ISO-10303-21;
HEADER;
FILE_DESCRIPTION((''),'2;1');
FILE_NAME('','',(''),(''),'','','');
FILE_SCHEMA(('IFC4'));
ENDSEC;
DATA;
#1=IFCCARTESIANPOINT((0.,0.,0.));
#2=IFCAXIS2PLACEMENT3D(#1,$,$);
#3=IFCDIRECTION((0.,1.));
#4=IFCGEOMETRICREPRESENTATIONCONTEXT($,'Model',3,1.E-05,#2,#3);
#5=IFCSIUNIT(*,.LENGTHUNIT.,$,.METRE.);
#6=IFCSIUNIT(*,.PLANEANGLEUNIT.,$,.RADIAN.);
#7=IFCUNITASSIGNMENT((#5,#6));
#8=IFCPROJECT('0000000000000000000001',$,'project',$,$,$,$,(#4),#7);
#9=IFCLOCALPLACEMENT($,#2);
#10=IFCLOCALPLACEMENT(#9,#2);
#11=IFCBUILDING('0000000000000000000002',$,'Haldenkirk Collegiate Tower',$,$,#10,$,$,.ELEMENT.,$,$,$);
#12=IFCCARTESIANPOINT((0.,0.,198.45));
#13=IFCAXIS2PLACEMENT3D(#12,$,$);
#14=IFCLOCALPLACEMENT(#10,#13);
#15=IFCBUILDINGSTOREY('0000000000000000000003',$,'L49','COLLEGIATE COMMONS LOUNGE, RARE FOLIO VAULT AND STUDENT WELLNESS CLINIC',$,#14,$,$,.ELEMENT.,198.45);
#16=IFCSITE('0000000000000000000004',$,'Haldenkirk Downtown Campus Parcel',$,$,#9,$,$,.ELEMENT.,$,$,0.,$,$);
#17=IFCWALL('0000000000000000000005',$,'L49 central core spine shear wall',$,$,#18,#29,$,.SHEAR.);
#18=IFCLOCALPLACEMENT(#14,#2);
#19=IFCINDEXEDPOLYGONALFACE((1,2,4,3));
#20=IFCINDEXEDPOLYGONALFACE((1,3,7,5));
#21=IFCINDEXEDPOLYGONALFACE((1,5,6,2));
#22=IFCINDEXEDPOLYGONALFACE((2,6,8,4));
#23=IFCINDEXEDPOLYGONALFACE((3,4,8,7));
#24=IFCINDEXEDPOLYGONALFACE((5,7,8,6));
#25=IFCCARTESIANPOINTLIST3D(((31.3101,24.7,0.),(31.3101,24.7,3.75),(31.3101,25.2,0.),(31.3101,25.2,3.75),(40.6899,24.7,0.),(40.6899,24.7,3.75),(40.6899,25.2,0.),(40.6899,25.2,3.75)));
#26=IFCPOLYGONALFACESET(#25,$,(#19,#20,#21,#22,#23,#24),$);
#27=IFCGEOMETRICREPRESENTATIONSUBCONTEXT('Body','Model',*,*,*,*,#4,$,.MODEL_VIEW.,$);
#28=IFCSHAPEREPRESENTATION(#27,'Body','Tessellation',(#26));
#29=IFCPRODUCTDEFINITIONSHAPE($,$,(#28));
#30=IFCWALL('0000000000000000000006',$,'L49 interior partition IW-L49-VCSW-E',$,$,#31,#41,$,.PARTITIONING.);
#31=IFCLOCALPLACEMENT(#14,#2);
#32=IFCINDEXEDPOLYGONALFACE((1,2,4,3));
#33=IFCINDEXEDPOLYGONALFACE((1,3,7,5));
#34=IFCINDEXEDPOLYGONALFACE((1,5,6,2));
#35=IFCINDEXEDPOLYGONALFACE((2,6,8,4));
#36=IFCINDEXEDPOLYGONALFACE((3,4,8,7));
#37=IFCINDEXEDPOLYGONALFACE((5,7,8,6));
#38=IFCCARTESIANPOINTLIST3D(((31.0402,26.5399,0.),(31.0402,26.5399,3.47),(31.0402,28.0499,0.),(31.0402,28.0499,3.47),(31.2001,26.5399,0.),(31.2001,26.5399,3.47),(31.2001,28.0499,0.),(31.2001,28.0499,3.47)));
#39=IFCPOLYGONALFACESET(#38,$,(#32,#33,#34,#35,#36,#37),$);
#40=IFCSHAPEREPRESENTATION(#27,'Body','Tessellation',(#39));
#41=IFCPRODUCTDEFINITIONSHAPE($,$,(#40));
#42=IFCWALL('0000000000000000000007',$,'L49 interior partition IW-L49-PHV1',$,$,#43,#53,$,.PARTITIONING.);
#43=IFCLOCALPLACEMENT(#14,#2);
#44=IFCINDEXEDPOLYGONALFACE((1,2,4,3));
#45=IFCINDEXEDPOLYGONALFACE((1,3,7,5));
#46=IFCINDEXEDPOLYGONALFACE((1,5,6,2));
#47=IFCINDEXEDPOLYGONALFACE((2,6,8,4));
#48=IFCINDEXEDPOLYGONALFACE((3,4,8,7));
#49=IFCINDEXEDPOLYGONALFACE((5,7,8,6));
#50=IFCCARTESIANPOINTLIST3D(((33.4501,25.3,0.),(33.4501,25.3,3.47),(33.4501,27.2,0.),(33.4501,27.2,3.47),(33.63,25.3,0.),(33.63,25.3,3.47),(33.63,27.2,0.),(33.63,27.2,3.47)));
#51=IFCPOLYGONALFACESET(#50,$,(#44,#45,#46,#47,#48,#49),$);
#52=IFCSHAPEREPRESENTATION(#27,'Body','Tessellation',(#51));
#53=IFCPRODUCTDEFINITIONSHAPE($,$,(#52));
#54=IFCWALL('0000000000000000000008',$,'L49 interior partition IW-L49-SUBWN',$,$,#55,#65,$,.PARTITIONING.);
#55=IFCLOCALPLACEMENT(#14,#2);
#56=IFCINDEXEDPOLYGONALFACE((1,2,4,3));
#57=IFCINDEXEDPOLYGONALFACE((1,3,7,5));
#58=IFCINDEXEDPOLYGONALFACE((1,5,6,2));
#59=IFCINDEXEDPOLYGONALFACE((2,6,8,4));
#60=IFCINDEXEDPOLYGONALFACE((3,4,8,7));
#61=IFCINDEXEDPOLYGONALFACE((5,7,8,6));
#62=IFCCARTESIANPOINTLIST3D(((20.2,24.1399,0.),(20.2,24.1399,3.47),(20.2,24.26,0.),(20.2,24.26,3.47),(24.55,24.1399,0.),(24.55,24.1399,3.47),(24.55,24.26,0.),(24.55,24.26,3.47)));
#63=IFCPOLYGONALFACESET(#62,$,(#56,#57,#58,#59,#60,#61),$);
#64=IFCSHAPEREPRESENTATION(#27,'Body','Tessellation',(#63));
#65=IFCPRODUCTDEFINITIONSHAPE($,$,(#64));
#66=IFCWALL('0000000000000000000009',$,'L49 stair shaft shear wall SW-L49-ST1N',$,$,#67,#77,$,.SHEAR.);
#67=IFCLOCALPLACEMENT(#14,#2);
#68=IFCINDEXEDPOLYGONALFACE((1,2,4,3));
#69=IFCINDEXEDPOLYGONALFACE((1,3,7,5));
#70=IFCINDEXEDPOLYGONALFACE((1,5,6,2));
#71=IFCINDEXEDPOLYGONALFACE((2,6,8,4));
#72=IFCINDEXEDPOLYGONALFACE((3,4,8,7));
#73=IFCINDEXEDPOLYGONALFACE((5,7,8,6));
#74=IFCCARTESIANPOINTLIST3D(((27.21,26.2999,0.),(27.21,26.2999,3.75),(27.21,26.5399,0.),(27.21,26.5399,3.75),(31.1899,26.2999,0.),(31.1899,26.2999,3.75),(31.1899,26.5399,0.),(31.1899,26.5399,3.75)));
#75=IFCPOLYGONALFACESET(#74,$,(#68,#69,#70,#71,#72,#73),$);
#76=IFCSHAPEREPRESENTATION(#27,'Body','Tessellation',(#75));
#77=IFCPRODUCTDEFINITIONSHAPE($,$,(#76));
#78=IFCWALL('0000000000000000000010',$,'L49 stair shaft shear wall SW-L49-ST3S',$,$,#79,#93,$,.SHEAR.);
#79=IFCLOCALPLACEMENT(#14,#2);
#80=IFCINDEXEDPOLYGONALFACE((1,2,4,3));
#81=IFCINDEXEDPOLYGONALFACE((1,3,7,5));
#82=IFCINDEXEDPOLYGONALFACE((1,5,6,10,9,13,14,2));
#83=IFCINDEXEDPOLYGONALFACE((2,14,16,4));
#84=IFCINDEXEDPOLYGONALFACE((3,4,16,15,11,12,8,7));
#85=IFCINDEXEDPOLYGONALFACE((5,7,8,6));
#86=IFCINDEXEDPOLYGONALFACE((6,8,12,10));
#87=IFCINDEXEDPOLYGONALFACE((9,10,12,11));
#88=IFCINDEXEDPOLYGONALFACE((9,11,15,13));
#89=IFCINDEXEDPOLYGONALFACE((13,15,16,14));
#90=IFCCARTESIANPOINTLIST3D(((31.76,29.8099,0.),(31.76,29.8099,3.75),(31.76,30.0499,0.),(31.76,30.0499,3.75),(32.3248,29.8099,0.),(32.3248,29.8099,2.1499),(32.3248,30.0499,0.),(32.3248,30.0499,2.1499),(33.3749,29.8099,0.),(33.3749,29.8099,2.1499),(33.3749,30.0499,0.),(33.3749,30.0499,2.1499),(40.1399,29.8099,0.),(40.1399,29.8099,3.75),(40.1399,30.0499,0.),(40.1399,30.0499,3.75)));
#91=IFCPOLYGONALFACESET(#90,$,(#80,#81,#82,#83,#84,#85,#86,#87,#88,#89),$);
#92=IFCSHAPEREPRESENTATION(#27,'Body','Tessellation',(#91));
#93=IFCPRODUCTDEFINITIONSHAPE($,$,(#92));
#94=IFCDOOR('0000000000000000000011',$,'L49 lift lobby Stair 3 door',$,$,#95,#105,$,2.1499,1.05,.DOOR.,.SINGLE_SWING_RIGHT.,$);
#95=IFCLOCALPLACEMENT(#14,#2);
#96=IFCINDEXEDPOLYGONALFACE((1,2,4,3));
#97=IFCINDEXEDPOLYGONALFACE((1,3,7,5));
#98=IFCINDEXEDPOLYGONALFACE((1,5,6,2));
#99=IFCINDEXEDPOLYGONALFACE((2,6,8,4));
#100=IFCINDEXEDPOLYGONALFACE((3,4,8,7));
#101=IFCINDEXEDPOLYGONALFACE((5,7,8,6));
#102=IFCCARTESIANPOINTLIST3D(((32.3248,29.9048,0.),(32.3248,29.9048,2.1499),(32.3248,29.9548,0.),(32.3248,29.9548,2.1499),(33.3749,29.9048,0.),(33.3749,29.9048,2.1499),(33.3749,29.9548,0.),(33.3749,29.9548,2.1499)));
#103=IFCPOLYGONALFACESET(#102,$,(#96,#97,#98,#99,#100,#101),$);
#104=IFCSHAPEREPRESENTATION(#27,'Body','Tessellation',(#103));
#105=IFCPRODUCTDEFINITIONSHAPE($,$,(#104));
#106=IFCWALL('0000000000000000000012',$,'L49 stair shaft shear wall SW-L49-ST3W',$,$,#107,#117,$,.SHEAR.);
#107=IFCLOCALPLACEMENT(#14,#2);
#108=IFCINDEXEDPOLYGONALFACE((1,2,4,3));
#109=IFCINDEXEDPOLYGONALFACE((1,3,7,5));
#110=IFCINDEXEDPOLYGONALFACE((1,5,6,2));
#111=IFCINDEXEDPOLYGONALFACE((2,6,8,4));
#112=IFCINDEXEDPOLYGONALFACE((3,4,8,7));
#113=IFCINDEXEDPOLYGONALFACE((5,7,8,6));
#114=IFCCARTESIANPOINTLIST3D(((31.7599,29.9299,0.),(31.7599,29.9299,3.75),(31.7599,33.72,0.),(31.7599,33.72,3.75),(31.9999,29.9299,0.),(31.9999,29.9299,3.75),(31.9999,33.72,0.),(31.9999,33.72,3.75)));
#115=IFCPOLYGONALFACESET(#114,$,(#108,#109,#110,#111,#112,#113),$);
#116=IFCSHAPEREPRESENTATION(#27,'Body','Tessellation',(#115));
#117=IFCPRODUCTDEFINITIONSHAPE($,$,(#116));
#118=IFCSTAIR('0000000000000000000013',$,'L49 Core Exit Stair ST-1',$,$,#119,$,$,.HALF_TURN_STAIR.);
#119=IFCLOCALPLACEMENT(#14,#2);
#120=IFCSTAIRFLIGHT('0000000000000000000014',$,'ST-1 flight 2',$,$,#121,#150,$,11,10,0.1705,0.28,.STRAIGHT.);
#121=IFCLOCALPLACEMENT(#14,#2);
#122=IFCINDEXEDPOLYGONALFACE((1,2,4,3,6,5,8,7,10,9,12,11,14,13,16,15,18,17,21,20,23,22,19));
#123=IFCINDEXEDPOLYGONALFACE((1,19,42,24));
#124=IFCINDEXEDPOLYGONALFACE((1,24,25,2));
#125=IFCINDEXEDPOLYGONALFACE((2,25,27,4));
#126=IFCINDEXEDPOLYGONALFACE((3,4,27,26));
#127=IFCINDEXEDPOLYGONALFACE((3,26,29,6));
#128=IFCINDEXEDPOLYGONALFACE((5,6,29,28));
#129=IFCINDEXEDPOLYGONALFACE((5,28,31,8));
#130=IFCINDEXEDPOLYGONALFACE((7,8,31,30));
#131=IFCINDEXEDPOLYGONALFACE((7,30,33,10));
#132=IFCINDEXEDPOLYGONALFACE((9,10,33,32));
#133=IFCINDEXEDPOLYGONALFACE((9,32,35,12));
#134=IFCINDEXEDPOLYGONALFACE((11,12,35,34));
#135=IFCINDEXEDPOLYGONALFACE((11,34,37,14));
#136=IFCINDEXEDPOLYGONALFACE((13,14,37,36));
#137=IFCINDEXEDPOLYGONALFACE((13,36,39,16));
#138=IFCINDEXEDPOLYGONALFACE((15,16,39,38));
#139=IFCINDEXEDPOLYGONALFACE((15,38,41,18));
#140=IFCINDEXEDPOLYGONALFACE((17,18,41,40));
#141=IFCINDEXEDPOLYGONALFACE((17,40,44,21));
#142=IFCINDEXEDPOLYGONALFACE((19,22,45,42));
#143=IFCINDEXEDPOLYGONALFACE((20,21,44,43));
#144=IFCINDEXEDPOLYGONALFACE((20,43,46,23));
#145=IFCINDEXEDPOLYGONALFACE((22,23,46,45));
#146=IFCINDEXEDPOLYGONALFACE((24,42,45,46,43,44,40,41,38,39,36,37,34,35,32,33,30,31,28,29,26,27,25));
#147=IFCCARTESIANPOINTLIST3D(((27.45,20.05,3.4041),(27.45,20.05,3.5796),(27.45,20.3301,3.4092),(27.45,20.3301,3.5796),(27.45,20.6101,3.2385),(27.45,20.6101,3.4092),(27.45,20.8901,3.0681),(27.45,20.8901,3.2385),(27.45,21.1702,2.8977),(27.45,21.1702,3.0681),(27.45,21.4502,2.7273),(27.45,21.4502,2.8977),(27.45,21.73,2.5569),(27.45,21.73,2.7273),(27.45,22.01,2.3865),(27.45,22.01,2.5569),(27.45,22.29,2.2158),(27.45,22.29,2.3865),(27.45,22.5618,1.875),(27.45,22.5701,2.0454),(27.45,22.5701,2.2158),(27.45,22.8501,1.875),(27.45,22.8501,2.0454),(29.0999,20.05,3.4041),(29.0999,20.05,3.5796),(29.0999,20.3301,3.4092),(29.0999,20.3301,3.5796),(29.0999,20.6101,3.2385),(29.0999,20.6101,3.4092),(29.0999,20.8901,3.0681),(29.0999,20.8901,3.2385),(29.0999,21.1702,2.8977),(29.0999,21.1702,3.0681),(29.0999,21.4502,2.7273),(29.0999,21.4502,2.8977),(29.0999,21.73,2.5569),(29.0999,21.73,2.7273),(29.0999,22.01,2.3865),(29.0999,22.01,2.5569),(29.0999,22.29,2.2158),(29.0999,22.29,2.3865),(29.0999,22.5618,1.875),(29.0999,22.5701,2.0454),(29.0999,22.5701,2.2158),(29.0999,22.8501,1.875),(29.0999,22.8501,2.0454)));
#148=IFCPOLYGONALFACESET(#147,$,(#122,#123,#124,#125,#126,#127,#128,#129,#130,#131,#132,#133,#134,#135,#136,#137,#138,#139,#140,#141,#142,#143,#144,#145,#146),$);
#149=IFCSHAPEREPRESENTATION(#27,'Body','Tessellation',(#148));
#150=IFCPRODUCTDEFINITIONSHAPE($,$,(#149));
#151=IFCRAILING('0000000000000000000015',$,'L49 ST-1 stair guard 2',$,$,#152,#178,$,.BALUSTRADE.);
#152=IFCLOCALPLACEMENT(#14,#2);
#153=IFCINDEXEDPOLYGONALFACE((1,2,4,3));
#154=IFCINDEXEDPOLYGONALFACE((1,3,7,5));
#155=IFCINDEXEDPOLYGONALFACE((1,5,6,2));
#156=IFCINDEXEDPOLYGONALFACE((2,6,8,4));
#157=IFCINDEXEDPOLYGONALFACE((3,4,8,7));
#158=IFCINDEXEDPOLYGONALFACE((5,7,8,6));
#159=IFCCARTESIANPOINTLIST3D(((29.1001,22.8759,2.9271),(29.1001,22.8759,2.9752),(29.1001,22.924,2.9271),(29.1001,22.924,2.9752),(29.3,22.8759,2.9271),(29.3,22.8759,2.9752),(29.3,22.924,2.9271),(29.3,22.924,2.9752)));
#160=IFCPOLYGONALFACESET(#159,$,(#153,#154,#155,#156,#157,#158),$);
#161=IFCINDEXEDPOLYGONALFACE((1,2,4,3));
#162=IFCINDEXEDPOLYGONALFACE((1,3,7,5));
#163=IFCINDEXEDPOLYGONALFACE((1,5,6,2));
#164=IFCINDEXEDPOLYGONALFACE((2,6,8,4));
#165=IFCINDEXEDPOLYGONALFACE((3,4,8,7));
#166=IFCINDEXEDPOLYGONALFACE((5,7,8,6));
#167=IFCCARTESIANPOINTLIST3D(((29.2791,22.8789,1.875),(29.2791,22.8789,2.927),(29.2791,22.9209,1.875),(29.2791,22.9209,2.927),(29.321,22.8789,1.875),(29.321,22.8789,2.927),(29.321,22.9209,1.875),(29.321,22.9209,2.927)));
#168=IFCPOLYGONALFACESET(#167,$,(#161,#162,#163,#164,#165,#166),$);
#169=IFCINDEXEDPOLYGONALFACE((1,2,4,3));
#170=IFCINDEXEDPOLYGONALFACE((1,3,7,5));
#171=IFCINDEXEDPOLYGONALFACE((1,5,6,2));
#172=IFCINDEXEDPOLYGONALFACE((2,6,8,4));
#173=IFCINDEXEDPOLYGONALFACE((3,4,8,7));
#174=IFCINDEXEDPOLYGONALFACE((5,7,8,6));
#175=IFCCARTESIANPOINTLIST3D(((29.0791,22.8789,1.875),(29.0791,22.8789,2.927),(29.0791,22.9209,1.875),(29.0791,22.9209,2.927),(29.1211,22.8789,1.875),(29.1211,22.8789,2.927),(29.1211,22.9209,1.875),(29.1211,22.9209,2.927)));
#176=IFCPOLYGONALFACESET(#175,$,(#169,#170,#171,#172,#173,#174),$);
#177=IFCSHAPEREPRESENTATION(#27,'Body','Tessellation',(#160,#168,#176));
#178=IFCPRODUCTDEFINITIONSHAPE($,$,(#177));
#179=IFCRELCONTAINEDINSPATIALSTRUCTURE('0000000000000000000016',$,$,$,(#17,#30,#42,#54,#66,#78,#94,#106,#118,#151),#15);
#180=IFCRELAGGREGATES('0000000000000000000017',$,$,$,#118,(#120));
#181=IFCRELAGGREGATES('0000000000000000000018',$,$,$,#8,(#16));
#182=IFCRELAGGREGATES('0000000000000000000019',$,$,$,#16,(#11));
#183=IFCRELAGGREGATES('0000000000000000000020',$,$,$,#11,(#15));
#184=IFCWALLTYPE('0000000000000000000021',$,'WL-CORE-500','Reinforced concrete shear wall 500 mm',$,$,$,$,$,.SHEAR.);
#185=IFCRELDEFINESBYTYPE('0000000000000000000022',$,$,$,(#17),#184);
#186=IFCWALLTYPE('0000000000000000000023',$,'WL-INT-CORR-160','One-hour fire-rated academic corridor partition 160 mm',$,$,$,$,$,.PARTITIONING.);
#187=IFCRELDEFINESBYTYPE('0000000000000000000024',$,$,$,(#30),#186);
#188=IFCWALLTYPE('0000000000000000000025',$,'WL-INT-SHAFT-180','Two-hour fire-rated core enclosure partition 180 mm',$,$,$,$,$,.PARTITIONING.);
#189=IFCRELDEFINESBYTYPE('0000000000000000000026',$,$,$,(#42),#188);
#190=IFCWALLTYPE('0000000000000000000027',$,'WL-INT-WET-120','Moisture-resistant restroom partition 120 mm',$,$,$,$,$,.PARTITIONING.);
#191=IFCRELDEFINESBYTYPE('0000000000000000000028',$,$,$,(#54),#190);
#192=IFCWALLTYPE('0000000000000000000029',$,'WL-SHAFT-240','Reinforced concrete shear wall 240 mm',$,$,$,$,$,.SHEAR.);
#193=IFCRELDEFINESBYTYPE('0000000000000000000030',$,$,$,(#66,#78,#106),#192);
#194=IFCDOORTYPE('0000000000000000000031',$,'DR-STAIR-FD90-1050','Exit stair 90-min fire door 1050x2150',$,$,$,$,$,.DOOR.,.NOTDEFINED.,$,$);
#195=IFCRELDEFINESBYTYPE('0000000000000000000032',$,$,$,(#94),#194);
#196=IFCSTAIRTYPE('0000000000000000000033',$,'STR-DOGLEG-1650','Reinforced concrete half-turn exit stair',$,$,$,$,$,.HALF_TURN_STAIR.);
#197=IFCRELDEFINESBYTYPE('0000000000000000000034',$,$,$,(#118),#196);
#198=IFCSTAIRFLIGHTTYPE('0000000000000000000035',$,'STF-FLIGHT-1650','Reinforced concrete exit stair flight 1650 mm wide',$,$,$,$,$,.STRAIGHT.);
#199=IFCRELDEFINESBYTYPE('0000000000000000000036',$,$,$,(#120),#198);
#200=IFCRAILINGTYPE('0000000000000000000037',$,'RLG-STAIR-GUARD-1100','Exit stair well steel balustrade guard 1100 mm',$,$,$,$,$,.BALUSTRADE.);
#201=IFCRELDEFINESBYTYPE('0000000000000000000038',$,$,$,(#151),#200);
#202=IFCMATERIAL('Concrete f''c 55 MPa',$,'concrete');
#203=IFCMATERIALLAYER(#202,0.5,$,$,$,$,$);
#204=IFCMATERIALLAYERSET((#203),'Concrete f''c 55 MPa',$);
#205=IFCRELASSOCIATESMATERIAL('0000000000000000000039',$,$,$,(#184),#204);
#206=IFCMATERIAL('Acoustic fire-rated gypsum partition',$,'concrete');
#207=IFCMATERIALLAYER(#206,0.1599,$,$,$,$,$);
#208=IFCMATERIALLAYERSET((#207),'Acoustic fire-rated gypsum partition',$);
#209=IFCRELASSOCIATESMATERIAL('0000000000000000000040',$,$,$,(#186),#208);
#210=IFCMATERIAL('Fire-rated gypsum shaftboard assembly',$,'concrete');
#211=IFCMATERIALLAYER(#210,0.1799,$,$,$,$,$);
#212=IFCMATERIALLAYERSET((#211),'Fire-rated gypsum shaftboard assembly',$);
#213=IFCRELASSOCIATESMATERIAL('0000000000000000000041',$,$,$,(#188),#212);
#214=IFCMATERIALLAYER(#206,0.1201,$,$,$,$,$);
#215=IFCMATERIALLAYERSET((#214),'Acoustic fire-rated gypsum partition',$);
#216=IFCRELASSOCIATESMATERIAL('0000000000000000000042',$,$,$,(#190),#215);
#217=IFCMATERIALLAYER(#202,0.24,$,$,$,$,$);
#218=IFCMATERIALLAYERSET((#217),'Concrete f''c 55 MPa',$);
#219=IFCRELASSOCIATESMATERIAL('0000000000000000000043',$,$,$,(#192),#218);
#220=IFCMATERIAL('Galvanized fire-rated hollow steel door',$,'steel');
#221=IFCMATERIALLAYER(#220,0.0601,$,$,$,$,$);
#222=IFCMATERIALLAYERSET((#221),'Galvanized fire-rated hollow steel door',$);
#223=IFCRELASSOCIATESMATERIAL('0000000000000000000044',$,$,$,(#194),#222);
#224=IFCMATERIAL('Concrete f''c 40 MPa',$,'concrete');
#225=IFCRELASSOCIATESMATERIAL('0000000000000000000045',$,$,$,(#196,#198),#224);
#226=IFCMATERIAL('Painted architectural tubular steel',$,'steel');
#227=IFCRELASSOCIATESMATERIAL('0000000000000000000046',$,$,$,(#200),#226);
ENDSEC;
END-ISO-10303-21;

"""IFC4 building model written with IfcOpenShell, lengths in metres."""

from ifc_helpers import new_model, si_unit, direction, frame, frame_2d, origin, origin_2d, place, context, subcontext, project, spatial, polyline, rectangle, outline, extrude, material, layer, layer_set, type_object, element, fill, aggregate, save


model = new_model("IFC4")

# Units and contexts
model_context = context("Model", 3, precision=1e-05, world=origin(), true_north=direction((0.0, 1.0)))
body_context = subcontext(model_context, "Body", "Model", "MODEL_VIEW")
ifc_project = project(units=[si_unit("LENGTHUNIT", "METRE"), si_unit("PLANEANGLEUNIT", "RADIAN")], contexts=[model_context])

# Site, building, storey
site_placement = place(None, origin())
site = spatial("IfcSite", under=ifc_project, at=site_placement, Name="Haldenkirk Downtown Campus Parcel", CompositionType="ELEMENT", RefElevation=0.0)
building_placement = place(site_placement, origin())
building = spatial("IfcBuilding", under=site, at=building_placement, Name="Haldenkirk Collegiate Tower", CompositionType="ELEMENT")
storey_placement = place(building_placement, frame((0.0, 0.0, 198.45)))
storey = spatial("IfcBuildingStorey", under=building, at=storey_placement, Name="L49", Description="COLLEGIATE COMMONS LOUNGE, RARE FOLIO VAULT AND STUDENT WELLNESS CLINIC", CompositionType="ELEMENT", Elevation=198.45)

# Shared definitions
ifc_material_1 = material(Name="Concrete f'c 55 MPa", Category="concrete")
ifc_layer_1 = layer(ifc_material_1, 0.5)
ifc_layer_set_1 = layer_set([ifc_layer_1], Name="Concrete f'c 55 MPa")
wall_type_1 = type_object("IfcWallType", Name="WL-CORE-500", Description="Reinforced concrete shear wall 500 mm", PredefinedType="SHEAR", material=ifc_layer_set_1)

# Wall
wall_1_placement = place(storey_placement, frame((31.3101, 24.95, 0.0), z_axis=(0.0, 0.0, 1.0), x_axis=(1.0, 0.0, 0.0)))
element("IfcWall", 1, at=wall_1_placement, inside=storey, type_object=wall_type_1, Name="L49 central core spine shear wall", PredefinedType="SHEAR", context=body_context, shape_type="SweptSolid", body=[
    extrude(rectangle(XDim=9.3799, YDim=0.5, at=frame_2d((4.6899, 0.0))), origin(), (0.0, 0.0, 1.0), 3.75),
])

# Shared definitions
ifc_material_2 = material(Name="Acoustic fire-rated gypsum partition", Category="concrete")
ifc_layer_2 = layer(ifc_material_2, 0.1599)
ifc_layer_set_2 = layer_set([ifc_layer_2], Name="Acoustic fire-rated gypsum partition")
wall_type_2 = type_object("IfcWallType", Name="WL-INT-CORR-160", Description="One-hour fire-rated academic corridor partition 160 mm", PredefinedType="PARTITIONING", material=ifc_layer_set_2)

# Wall
wall_2_placement = place(storey_placement, frame((31.1201, 26.54, 0.0), z_axis=(0.0, 0.0, 1.0), x_axis=(0.0, 1.0, 0.0)))
element("IfcWall", 2, at=wall_2_placement, inside=storey, type_object=wall_type_2, Name="L49 interior partition IW-L49-VCSW-E", PredefinedType="PARTITIONING", context=body_context, shape_type="SweptSolid", body=[
    extrude(rectangle(XDim=1.51, YDim=0.1599, at=frame_2d((0.7549, 0.0))), origin(), (0.0, 0.0, 1.0), 3.47),
])

# Shared definitions
ifc_material_3 = material(Name="Fire-rated gypsum shaftboard assembly", Category="concrete")
ifc_layer_3 = layer(ifc_material_3, 0.1799)
ifc_layer_set_3 = layer_set([ifc_layer_3], Name="Fire-rated gypsum shaftboard assembly")
wall_type_3 = type_object("IfcWallType", Name="WL-INT-SHAFT-180", Description="Two-hour fire-rated core enclosure partition 180 mm", PredefinedType="PARTITIONING", material=ifc_layer_set_3)

# Wall
wall_3_placement = place(storey_placement, frame((33.54, 25.3, 0.0), z_axis=(0.0, 0.0, 1.0), x_axis=(0.0, 1.0, 0.0)))
element("IfcWall", 3, at=wall_3_placement, inside=storey, type_object=wall_type_3, Name="L49 interior partition IW-L49-PHV1", PredefinedType="PARTITIONING", context=body_context, shape_type="SweptSolid", body=[
    extrude(rectangle(XDim=1.8999, YDim=0.1799, at=frame_2d((0.95, 0.0))), origin(), (0.0, 0.0, 1.0), 3.47),
])

# Shared definitions
ifc_material_4 = material(Name="Galvanized fire-rated hollow steel door", Category="steel")

# Walls
ifc_layer_4 = layer(ifc_material_2, 0.1201)
ifc_layer_set_4 = layer_set([ifc_layer_4], Name="Acoustic fire-rated gypsum partition")
wall_type_4 = type_object("IfcWallType", Name="WL-INT-WET-120", Description="Moisture-resistant restroom partition 120 mm", PredefinedType="PARTITIONING", material=ifc_layer_set_4)
wall_4_placement = place(storey_placement, frame((20.2, 24.2, 0.0), z_axis=(0.0, 0.0, 1.0), x_axis=(1.0, 0.0, 0.0)))
element("IfcWall", 4, at=wall_4_placement, inside=storey, type_object=wall_type_4, Name="L49 interior partition IW-L49-SUBWN", PredefinedType="PARTITIONING", context=body_context, shape_type="SweptSolid", body=[
    extrude(rectangle(XDim=4.3501, YDim=0.1201, at=frame_2d((2.175, 0.0))), origin(), (0.0, 0.0, 1.0), 3.47),
])
ifc_layer_5 = layer(ifc_material_1, 0.24)
ifc_layer_set_5 = layer_set([ifc_layer_5], Name="Concrete f'c 55 MPa")
wall_type_5 = type_object("IfcWallType", Name="WL-SHAFT-240", Description="Reinforced concrete shear wall 240 mm", PredefinedType="SHEAR", material=ifc_layer_set_5)
wall_5_placement = place(storey_placement, frame((27.21, 26.4199, 0.0), z_axis=(0.0, 0.0, 1.0), x_axis=(1.0, 0.0, 0.0)))
element("IfcWall", 5, at=wall_5_placement, inside=storey, type_object=wall_type_5, Name="L49 stair shaft shear wall SW-L49-ST1N", PredefinedType="SHEAR", context=body_context, shape_type="SweptSolid", body=[
    extrude(rectangle(XDim=3.98, YDim=0.24, at=frame_2d((1.99, 0.0))), origin(), (0.0, 0.0, 1.0), 3.75),
])

# Wall, opening, door
wall_6_placement = place(storey_placement, frame((31.76, 29.9299, 0.0), z_axis=(0.0, 0.0, 1.0), x_axis=(1.0, 0.0, 0.0)))
wall_6 = element("IfcWall", 6, at=wall_6_placement, inside=storey, type_object=wall_type_5, Name="L49 stair shaft shear wall SW-L49-ST3S", PredefinedType="SHEAR", context=body_context, shape_type="SweptSolid", body=[
    extrude(rectangle(XDim=8.3799, YDim=0.24, at=frame_2d((4.1899, 0.0))), origin(), (0.0, 0.0, 1.0), 3.75),
])
opening_1_placement = place(wall_6_placement, frame((0.5649, 0.0, 0.0)))
opening_1 = element("IfcOpeningElement", 7, at=opening_1_placement, cuts=wall_6, PredefinedType="OPENING", context=body_context, shape_type="SweptSolid", body=[
    extrude(rectangle(XDim=1.05, YDim=2.1499, at=frame_2d((0.5249, 1.075))), frame((0.0, 0.1299, 0.0), z_axis=(0.0, -1.0, 0.0), x_axis=(1.0, 0.0, 0.0)), (0.0, 0.0, 1.0), 0.26),
])
ifc_layer_6 = layer(ifc_material_4, 0.0601)
ifc_layer_set_6 = layer_set([ifc_layer_6], Name="Galvanized fire-rated hollow steel door")
door_type_1 = type_object("IfcDoorType", Name="DR-STAIR-FD90-1050", Description="Exit stair 90-min fire door 1050x2150", OperationType="NOTDEFINED", PredefinedType="DOOR", material=ifc_layer_set_6)
door_1_placement = place(opening_1_placement, origin())
door_1 = element("IfcDoor", 8, at=door_1_placement, inside=storey, type_object=door_type_1, Name="L49 lift lobby Stair 3 door", OperationType="SINGLE_SWING_RIGHT", OverallHeight=2.1499, OverallWidth=1.05, PredefinedType="DOOR", context=body_context, shape_type="SweptSolid", body=[
    extrude(rectangle(XDim=1.05, YDim=2.1499, at=frame_2d((0.5249, 1.075))), frame((0.0, 0.0249, 0.0), z_axis=(0.0, -1.0, 0.0), x_axis=(1.0, 0.0, 0.0)), (0.0, 0.0, 1.0), 0.05),
])
fill(opening_1, door_1)

# Wall
wall_7_placement = place(storey_placement, frame((31.8799, 29.9299, 0.0), z_axis=(0.0, 0.0, 1.0), x_axis=(0.0, 1.0, 0.0)))
element("IfcWall", 9, at=wall_7_placement, inside=storey, type_object=wall_type_5, Name="L49 stair shaft shear wall SW-L49-ST3W", PredefinedType="SHEAR", context=body_context, shape_type="SweptSolid", body=[
    extrude(rectangle(XDim=3.79, YDim=0.24, at=frame_2d((1.895, 0.0))), origin(), (0.0, 0.0, 1.0), 3.75),
])

# Stair, stair flight
ifc_material_5 = material(Name="Concrete f'c 40 MPa", Category="concrete")
stair_type = type_object("IfcStairType", Name="STR-DOGLEG-1650", Description="Reinforced concrete half-turn exit stair", PredefinedType="HALF_TURN_STAIR", material=ifc_material_5)
stair_placement = place(storey_placement, origin())
stair = element("IfcStair", 10, at=stair_placement, inside=storey, type_object=stair_type, Name="L49 Core Exit Stair ST-1", PredefinedType="HALF_TURN_STAIR")
stair_flight_type = type_object("IfcStairFlightType", Name="STF-FLIGHT-1650", Description="Reinforced concrete exit stair flight 1650 mm wide", PredefinedType="STRAIGHT", material=ifc_material_5)
stair_flight_placement = place(storey_placement, frame((28.2749, 22.8501, 1.875), z_axis=(0.0, 0.0, 1.0), x_axis=(0.0, -1.0, 0.0)))
stair_flight = element("IfcStairFlight", 11, at=stair_flight_placement, type_object=stair_flight_type, Name="ST-1 flight 2", NumberOfRisers=11, NumberOfTreads=10, PredefinedType="STRAIGHT", RiserHeight=0.1705, TreadLength=0.28, context=body_context, shape_type="SweptSolid", body=[
    extrude(outline(polyline([(0.0, 0.0), (0.0, 0.1704), (0.28, 0.1704), (0.28, 0.3408), (0.5601, 0.3408), (0.5601, 0.5115), (0.8401, 0.5115), (0.8401, 0.6819), (1.1201, 0.6819), (1.1201, 0.8523), (1.3999, 0.8523), (1.3999, 1.0227), (1.6799, 1.0227), (1.6799, 1.1931), (1.96, 1.1931), (1.96, 1.3635), (2.24, 1.3635), (2.24, 1.5342), (2.52, 1.5342), (2.52, 1.7046), (2.8, 1.7046), (2.8, 1.875), (2.8, 1.5291), (0.2883, 0.0), (0.0, 0.0)])), frame((0.0, 0.825, 0.0), z_axis=(0.0, -1.0, 0.0), x_axis=(1.0, 0.0, 0.0)), (0.0, 0.0, 1.0), 1.6499),
])
aggregate(stair, [stair_flight])

# Railing
ifc_material_6 = material(Name="Painted architectural tubular steel", Category="steel")
railing_type_1 = type_object("IfcRailingType", Name="RLG-STAIR-GUARD-1100", Description="Exit stair well steel balustrade guard 1100 mm", PredefinedType="BALUSTRADE", material=ifc_material_6)
railing_1_placement = place(storey_placement, frame((29.3, 22.8999, 1.875)))
element("IfcRailing", 12, at=railing_1_placement, inside=storey, type_object=railing_type_1, Name="L49 ST-1 stair guard 2", PredefinedType="BALUSTRADE", context=body_context, shape_type="SweptSolid", body=[
    extrude(rectangle(XDim=0.0481, YDim=0.0481, at=origin_2d()), frame((0.0, 0.0, 1.0762), z_axis=(-1.0, 0.0, 0.0), x_axis=(0.0, -1.0, 0.0)), (0.0, 0.0, 1.0), 0.2),
    extrude(rectangle(XDim=0.042, YDim=0.042, at=origin_2d()), origin(), (0.0, 0.0, 1.0), 1.052),
    extrude(rectangle(XDim=0.042, YDim=0.042, at=origin_2d()), frame((-0.2, 0.0, 0.0)), (0.0, 0.0, 1.0), 1.052),
])

save(model, "model.ifc")
